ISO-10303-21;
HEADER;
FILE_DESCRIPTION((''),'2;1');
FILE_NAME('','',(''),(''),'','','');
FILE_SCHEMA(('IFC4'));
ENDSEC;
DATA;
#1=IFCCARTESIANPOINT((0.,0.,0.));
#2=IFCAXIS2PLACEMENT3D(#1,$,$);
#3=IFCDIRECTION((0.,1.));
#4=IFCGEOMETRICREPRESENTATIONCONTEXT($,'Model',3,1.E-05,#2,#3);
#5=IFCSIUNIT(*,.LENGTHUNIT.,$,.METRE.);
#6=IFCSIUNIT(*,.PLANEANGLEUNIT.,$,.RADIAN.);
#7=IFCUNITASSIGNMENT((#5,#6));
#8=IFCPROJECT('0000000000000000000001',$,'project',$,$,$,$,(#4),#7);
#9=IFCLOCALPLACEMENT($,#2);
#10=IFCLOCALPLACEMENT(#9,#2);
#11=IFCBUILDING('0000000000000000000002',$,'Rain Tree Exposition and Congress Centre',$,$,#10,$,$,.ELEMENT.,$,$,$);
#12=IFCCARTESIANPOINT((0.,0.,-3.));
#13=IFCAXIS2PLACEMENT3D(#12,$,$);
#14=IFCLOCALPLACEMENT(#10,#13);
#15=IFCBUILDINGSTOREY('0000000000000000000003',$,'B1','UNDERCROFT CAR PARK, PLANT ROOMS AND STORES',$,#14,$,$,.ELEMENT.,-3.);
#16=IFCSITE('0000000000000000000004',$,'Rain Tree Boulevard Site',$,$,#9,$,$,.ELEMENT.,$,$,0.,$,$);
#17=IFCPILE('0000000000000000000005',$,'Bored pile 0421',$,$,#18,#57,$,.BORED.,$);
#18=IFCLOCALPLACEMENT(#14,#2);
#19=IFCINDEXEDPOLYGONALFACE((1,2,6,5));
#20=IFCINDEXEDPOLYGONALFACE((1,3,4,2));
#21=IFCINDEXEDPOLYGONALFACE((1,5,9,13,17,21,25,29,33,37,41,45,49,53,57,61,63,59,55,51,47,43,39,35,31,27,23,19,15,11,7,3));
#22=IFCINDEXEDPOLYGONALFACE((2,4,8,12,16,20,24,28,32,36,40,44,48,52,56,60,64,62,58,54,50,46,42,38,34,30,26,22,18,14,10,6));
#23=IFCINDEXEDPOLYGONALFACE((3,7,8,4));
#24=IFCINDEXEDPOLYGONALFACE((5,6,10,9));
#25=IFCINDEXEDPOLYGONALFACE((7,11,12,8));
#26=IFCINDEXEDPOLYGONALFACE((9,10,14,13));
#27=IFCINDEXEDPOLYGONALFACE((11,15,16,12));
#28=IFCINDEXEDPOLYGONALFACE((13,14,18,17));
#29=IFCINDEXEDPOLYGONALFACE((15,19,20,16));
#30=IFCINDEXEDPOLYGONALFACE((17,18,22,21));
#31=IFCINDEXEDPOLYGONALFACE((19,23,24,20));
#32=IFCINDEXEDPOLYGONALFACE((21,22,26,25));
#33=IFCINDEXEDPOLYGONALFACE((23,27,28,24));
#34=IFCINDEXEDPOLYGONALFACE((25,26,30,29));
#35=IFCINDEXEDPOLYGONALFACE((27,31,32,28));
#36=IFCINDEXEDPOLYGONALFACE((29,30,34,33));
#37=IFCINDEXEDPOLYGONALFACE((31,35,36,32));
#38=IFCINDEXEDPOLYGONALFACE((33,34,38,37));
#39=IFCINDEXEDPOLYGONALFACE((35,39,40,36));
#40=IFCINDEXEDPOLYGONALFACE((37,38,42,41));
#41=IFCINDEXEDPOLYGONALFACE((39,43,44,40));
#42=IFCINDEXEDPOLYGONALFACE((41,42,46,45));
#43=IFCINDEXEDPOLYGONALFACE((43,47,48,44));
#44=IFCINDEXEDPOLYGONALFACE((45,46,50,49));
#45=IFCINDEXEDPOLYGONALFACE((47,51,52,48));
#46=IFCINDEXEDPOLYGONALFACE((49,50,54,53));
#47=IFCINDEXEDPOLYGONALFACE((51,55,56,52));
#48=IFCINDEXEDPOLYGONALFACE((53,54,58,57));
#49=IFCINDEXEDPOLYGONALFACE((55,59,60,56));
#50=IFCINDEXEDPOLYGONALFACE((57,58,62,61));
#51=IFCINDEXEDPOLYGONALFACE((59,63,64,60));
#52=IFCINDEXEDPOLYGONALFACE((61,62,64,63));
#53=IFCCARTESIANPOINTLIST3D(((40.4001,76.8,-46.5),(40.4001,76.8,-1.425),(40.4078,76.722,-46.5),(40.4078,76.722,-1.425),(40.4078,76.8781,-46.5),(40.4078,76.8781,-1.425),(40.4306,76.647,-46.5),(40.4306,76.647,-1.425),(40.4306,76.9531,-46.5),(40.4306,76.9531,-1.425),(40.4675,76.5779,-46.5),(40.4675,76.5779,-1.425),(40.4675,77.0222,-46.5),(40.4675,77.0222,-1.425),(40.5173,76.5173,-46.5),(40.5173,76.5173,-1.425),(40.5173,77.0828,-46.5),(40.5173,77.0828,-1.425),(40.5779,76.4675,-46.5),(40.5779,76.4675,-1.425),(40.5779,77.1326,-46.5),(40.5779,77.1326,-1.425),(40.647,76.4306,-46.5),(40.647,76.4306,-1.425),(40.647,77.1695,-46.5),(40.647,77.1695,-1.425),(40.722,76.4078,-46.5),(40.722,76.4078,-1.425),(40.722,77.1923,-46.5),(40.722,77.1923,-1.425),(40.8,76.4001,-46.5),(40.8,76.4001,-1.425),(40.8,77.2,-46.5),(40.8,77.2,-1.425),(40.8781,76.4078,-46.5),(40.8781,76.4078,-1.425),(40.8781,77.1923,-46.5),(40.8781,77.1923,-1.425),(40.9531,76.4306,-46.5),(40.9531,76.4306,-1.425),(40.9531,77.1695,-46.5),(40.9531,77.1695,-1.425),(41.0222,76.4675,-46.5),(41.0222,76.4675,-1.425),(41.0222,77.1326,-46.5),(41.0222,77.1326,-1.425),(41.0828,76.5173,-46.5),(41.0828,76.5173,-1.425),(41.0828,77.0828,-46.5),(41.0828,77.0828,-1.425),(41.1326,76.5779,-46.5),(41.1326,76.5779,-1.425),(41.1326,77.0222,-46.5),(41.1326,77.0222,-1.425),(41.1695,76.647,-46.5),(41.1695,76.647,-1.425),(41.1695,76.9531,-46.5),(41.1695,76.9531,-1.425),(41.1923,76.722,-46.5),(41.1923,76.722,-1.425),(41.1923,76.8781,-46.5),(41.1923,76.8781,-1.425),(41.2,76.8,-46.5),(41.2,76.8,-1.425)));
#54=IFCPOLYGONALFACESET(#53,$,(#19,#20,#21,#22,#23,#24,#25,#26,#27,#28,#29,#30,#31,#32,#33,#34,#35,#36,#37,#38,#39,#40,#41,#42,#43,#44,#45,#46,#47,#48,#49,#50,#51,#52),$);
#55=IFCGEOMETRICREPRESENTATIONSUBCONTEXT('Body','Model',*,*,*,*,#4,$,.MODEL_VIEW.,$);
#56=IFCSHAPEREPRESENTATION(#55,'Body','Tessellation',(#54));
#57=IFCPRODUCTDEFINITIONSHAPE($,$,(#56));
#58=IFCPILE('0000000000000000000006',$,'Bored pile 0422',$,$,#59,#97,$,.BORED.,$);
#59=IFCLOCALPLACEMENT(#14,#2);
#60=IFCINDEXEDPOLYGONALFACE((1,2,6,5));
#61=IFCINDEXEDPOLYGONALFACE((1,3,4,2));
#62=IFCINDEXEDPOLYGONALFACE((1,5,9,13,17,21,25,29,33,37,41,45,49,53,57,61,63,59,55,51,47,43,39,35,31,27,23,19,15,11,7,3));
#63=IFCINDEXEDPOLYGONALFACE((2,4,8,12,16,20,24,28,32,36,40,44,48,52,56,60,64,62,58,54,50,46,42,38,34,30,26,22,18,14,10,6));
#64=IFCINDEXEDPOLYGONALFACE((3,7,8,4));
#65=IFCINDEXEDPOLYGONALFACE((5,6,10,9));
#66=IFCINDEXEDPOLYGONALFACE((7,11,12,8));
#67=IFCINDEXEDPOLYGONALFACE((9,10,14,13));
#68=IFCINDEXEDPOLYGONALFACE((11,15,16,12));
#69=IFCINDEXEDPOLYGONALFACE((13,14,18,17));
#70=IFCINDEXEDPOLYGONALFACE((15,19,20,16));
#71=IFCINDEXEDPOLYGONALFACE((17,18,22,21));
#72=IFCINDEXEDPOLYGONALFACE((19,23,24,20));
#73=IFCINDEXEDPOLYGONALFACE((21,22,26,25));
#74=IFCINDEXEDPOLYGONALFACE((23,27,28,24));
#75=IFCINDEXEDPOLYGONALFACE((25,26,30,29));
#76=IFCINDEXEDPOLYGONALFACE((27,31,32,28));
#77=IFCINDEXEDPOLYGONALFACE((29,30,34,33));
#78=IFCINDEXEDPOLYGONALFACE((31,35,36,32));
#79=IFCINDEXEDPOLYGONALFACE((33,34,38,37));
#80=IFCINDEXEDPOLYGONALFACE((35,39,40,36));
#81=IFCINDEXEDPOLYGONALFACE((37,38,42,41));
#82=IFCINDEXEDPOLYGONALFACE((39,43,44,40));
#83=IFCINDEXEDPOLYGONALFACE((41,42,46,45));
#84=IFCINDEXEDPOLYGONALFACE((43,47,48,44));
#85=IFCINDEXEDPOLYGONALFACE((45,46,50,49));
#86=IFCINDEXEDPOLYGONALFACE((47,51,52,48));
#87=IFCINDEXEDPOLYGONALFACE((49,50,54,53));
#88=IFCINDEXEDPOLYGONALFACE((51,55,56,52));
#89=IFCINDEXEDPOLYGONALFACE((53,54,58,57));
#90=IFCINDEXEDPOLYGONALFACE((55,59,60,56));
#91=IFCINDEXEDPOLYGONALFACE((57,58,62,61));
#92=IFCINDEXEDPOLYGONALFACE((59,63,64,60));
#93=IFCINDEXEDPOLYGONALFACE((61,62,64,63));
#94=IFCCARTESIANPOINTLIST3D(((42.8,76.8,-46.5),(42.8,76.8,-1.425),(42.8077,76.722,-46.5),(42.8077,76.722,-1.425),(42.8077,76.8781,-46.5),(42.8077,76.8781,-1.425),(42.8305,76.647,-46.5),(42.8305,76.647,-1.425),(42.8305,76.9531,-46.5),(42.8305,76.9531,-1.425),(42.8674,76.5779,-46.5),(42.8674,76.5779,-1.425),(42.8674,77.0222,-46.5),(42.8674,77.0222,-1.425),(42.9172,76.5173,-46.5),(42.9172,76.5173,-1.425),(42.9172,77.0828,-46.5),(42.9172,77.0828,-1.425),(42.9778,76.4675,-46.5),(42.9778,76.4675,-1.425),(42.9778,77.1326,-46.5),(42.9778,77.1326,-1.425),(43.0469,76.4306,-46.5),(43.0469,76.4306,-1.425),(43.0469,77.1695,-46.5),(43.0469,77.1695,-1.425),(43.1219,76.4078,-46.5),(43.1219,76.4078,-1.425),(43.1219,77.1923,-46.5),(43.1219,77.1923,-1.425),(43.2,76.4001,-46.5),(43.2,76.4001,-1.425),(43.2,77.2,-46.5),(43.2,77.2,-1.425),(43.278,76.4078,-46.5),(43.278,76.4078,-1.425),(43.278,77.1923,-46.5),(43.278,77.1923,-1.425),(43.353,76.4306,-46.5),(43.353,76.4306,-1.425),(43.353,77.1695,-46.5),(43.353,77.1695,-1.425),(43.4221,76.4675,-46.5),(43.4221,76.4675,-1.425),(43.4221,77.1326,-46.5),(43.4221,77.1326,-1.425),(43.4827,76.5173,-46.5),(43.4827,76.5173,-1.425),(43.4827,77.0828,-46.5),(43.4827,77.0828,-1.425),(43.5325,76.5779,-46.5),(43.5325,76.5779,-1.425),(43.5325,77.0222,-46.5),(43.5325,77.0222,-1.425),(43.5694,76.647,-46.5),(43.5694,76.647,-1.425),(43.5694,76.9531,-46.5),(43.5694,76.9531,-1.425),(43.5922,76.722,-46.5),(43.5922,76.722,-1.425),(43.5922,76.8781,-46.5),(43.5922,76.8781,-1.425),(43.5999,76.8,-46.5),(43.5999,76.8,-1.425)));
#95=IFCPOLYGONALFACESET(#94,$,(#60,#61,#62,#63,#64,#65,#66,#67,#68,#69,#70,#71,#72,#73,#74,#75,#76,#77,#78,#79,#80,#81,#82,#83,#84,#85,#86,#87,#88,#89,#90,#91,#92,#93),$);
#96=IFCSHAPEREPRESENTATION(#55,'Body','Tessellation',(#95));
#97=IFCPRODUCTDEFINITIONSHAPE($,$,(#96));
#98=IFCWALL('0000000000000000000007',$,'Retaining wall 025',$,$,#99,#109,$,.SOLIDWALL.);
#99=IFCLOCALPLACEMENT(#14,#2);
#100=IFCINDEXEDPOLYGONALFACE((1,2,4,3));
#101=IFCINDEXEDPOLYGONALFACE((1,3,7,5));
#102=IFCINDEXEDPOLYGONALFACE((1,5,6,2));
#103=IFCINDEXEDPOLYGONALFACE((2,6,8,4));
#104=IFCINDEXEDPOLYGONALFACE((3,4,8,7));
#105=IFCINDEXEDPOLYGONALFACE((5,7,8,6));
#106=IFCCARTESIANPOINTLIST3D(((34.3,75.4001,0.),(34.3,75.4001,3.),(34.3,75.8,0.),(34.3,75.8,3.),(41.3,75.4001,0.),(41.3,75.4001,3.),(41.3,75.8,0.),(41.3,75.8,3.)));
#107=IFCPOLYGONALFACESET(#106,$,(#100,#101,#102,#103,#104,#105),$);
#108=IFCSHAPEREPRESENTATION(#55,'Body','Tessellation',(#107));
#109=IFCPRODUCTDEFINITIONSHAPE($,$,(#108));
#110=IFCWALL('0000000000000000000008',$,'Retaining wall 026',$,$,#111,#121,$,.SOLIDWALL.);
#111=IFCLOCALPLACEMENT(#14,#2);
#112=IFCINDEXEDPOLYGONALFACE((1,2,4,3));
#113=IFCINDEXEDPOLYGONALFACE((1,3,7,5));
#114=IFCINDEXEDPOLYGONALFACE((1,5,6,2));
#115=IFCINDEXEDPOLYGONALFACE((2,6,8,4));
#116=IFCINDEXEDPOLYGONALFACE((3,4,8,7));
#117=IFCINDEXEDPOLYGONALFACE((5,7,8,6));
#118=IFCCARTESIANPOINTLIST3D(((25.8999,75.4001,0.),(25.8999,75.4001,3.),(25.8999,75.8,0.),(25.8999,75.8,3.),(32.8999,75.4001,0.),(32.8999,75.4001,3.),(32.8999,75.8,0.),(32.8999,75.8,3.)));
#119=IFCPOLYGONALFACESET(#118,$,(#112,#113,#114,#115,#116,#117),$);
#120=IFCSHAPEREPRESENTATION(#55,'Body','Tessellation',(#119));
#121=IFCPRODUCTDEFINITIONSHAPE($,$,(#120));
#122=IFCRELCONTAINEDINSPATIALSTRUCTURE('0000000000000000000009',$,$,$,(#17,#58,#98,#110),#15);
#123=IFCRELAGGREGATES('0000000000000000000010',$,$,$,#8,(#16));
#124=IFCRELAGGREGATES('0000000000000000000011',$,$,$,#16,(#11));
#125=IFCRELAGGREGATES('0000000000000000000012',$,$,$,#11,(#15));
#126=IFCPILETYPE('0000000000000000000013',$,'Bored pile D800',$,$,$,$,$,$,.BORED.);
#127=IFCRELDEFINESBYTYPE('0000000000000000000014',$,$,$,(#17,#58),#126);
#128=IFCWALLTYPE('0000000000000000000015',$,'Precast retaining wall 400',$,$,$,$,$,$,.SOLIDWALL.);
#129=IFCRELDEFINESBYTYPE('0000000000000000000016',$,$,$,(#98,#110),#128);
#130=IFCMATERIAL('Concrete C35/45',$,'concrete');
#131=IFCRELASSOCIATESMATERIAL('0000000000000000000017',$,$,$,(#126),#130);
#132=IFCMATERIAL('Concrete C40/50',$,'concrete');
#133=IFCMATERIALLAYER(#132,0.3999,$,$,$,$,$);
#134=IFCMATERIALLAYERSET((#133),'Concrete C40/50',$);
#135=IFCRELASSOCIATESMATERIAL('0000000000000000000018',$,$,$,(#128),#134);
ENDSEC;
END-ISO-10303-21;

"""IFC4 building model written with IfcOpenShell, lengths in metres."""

from ifc_helpers import new_model, si_unit, direction, frame, frame_2d, origin, origin_2d, place, context, subcontext, project, spatial, rectangle, circle, extrude, material, layer, layer_set, material_profile, profile_set, type_object, element, save


model = new_model("IFC4")

# Units and contexts
model_context = context("Model", 3, precision=1e-05, world=origin(), true_north=direction((0.0, 1.0)))
body_context = subcontext(model_context, "Body", "Model", "MODEL_VIEW")
ifc_project = project(units=[si_unit("LENGTHUNIT", "METRE"), si_unit("PLANEANGLEUNIT", "RADIAN")], contexts=[model_context])

# Site, building, storey
site_placement = place(None, origin())
site = spatial("IfcSite", under=ifc_project, at=site_placement, Name="Rain Tree Boulevard Site", CompositionType="ELEMENT", RefElevation=0.0)
building_placement = place(site_placement, origin())
building = spatial("IfcBuilding", under=site, at=building_placement, Name="Rain Tree Exposition and Congress Centre", CompositionType="ELEMENT")
storey_placement = place(building_placement, frame((0.0, 0.0, -3.0)))
storey = spatial("IfcBuildingStorey", under=building, at=storey_placement, Name="B1", Description="UNDERCROFT CAR PARK, PLANT ROOMS AND STORES", CompositionType="ELEMENT", Elevation=-3.0)

# Piles
ifc_material_1 = material(Name="Concrete C35/45", Category="concrete")
ifc_material_profile_1 = material_profile(ifc_material_1, circle(Radius=0.3999, at=origin_2d()), Name="D800")
ifc_profile_set_1 = profile_set([ifc_material_profile_1], Name="Concrete C35/45")
pile_type_1 = type_object("IfcPileType", Name="Bored pile D800", PredefinedType="BORED", material=ifc_profile_set_1)
for number, where, z_axis, x_axis, name in (
    (1, (40.8, 76.8, -1.425), (0.0, 0.0, -1.0), (1.0, 0.0, 0.0), "Bored pile 0421"),
    (2, (43.2, 76.8, -1.425), (0.0, 0.0, -1.0), (1.0, 0.0, 0.0), "Bored pile 0422"),
):
    element("IfcPile", number, at=place(storey_placement, frame(where, z_axis=z_axis, x_axis=x_axis)), inside=storey, type_object=pile_type_1, Name=name, PredefinedType="BORED", context=body_context, shape_type="SweptSolid", body=[
        extrude(circle(Radius=0.3999, at=origin_2d()), origin(), (0.0, 0.0, 1.0), 45.075),
    ])

# Walls
ifc_material_2 = material(Name="Concrete C40/50", Category="concrete")
ifc_layer = layer(ifc_material_2, 0.3999)
ifc_layer_set = layer_set([ifc_layer], Name="Concrete C40/50")
wall_type = type_object("IfcWallType", Name="Precast retaining wall 400", PredefinedType="SOLIDWALL", material=ifc_layer_set)
for number, where, z_axis, x_axis, name in (
    (3, (41.3, 75.6001, 0.0), (0.0, 0.0, 1.0), (-1.0, 0.0, 0.0), "Retaining wall 025"),
    (4, (32.8999, 75.6001, 0.0), (0.0, 0.0, 1.0), (-1.0, 0.0, 0.0), "Retaining wall 026"),
):
    element("IfcWall", number, at=place(storey_placement, frame(where, z_axis=z_axis, x_axis=x_axis)), inside=storey, type_object=wall_type, Name=name, PredefinedType="SOLIDWALL", context=body_context, shape_type="SweptSolid", body=[
        extrude(rectangle(XDim=7.0, YDim=0.3999, at=frame_2d((3.5, 0.0))), origin(), (0.0, 0.0, 1.0), 3.0),
    ])

save(model, "model.ifc")
